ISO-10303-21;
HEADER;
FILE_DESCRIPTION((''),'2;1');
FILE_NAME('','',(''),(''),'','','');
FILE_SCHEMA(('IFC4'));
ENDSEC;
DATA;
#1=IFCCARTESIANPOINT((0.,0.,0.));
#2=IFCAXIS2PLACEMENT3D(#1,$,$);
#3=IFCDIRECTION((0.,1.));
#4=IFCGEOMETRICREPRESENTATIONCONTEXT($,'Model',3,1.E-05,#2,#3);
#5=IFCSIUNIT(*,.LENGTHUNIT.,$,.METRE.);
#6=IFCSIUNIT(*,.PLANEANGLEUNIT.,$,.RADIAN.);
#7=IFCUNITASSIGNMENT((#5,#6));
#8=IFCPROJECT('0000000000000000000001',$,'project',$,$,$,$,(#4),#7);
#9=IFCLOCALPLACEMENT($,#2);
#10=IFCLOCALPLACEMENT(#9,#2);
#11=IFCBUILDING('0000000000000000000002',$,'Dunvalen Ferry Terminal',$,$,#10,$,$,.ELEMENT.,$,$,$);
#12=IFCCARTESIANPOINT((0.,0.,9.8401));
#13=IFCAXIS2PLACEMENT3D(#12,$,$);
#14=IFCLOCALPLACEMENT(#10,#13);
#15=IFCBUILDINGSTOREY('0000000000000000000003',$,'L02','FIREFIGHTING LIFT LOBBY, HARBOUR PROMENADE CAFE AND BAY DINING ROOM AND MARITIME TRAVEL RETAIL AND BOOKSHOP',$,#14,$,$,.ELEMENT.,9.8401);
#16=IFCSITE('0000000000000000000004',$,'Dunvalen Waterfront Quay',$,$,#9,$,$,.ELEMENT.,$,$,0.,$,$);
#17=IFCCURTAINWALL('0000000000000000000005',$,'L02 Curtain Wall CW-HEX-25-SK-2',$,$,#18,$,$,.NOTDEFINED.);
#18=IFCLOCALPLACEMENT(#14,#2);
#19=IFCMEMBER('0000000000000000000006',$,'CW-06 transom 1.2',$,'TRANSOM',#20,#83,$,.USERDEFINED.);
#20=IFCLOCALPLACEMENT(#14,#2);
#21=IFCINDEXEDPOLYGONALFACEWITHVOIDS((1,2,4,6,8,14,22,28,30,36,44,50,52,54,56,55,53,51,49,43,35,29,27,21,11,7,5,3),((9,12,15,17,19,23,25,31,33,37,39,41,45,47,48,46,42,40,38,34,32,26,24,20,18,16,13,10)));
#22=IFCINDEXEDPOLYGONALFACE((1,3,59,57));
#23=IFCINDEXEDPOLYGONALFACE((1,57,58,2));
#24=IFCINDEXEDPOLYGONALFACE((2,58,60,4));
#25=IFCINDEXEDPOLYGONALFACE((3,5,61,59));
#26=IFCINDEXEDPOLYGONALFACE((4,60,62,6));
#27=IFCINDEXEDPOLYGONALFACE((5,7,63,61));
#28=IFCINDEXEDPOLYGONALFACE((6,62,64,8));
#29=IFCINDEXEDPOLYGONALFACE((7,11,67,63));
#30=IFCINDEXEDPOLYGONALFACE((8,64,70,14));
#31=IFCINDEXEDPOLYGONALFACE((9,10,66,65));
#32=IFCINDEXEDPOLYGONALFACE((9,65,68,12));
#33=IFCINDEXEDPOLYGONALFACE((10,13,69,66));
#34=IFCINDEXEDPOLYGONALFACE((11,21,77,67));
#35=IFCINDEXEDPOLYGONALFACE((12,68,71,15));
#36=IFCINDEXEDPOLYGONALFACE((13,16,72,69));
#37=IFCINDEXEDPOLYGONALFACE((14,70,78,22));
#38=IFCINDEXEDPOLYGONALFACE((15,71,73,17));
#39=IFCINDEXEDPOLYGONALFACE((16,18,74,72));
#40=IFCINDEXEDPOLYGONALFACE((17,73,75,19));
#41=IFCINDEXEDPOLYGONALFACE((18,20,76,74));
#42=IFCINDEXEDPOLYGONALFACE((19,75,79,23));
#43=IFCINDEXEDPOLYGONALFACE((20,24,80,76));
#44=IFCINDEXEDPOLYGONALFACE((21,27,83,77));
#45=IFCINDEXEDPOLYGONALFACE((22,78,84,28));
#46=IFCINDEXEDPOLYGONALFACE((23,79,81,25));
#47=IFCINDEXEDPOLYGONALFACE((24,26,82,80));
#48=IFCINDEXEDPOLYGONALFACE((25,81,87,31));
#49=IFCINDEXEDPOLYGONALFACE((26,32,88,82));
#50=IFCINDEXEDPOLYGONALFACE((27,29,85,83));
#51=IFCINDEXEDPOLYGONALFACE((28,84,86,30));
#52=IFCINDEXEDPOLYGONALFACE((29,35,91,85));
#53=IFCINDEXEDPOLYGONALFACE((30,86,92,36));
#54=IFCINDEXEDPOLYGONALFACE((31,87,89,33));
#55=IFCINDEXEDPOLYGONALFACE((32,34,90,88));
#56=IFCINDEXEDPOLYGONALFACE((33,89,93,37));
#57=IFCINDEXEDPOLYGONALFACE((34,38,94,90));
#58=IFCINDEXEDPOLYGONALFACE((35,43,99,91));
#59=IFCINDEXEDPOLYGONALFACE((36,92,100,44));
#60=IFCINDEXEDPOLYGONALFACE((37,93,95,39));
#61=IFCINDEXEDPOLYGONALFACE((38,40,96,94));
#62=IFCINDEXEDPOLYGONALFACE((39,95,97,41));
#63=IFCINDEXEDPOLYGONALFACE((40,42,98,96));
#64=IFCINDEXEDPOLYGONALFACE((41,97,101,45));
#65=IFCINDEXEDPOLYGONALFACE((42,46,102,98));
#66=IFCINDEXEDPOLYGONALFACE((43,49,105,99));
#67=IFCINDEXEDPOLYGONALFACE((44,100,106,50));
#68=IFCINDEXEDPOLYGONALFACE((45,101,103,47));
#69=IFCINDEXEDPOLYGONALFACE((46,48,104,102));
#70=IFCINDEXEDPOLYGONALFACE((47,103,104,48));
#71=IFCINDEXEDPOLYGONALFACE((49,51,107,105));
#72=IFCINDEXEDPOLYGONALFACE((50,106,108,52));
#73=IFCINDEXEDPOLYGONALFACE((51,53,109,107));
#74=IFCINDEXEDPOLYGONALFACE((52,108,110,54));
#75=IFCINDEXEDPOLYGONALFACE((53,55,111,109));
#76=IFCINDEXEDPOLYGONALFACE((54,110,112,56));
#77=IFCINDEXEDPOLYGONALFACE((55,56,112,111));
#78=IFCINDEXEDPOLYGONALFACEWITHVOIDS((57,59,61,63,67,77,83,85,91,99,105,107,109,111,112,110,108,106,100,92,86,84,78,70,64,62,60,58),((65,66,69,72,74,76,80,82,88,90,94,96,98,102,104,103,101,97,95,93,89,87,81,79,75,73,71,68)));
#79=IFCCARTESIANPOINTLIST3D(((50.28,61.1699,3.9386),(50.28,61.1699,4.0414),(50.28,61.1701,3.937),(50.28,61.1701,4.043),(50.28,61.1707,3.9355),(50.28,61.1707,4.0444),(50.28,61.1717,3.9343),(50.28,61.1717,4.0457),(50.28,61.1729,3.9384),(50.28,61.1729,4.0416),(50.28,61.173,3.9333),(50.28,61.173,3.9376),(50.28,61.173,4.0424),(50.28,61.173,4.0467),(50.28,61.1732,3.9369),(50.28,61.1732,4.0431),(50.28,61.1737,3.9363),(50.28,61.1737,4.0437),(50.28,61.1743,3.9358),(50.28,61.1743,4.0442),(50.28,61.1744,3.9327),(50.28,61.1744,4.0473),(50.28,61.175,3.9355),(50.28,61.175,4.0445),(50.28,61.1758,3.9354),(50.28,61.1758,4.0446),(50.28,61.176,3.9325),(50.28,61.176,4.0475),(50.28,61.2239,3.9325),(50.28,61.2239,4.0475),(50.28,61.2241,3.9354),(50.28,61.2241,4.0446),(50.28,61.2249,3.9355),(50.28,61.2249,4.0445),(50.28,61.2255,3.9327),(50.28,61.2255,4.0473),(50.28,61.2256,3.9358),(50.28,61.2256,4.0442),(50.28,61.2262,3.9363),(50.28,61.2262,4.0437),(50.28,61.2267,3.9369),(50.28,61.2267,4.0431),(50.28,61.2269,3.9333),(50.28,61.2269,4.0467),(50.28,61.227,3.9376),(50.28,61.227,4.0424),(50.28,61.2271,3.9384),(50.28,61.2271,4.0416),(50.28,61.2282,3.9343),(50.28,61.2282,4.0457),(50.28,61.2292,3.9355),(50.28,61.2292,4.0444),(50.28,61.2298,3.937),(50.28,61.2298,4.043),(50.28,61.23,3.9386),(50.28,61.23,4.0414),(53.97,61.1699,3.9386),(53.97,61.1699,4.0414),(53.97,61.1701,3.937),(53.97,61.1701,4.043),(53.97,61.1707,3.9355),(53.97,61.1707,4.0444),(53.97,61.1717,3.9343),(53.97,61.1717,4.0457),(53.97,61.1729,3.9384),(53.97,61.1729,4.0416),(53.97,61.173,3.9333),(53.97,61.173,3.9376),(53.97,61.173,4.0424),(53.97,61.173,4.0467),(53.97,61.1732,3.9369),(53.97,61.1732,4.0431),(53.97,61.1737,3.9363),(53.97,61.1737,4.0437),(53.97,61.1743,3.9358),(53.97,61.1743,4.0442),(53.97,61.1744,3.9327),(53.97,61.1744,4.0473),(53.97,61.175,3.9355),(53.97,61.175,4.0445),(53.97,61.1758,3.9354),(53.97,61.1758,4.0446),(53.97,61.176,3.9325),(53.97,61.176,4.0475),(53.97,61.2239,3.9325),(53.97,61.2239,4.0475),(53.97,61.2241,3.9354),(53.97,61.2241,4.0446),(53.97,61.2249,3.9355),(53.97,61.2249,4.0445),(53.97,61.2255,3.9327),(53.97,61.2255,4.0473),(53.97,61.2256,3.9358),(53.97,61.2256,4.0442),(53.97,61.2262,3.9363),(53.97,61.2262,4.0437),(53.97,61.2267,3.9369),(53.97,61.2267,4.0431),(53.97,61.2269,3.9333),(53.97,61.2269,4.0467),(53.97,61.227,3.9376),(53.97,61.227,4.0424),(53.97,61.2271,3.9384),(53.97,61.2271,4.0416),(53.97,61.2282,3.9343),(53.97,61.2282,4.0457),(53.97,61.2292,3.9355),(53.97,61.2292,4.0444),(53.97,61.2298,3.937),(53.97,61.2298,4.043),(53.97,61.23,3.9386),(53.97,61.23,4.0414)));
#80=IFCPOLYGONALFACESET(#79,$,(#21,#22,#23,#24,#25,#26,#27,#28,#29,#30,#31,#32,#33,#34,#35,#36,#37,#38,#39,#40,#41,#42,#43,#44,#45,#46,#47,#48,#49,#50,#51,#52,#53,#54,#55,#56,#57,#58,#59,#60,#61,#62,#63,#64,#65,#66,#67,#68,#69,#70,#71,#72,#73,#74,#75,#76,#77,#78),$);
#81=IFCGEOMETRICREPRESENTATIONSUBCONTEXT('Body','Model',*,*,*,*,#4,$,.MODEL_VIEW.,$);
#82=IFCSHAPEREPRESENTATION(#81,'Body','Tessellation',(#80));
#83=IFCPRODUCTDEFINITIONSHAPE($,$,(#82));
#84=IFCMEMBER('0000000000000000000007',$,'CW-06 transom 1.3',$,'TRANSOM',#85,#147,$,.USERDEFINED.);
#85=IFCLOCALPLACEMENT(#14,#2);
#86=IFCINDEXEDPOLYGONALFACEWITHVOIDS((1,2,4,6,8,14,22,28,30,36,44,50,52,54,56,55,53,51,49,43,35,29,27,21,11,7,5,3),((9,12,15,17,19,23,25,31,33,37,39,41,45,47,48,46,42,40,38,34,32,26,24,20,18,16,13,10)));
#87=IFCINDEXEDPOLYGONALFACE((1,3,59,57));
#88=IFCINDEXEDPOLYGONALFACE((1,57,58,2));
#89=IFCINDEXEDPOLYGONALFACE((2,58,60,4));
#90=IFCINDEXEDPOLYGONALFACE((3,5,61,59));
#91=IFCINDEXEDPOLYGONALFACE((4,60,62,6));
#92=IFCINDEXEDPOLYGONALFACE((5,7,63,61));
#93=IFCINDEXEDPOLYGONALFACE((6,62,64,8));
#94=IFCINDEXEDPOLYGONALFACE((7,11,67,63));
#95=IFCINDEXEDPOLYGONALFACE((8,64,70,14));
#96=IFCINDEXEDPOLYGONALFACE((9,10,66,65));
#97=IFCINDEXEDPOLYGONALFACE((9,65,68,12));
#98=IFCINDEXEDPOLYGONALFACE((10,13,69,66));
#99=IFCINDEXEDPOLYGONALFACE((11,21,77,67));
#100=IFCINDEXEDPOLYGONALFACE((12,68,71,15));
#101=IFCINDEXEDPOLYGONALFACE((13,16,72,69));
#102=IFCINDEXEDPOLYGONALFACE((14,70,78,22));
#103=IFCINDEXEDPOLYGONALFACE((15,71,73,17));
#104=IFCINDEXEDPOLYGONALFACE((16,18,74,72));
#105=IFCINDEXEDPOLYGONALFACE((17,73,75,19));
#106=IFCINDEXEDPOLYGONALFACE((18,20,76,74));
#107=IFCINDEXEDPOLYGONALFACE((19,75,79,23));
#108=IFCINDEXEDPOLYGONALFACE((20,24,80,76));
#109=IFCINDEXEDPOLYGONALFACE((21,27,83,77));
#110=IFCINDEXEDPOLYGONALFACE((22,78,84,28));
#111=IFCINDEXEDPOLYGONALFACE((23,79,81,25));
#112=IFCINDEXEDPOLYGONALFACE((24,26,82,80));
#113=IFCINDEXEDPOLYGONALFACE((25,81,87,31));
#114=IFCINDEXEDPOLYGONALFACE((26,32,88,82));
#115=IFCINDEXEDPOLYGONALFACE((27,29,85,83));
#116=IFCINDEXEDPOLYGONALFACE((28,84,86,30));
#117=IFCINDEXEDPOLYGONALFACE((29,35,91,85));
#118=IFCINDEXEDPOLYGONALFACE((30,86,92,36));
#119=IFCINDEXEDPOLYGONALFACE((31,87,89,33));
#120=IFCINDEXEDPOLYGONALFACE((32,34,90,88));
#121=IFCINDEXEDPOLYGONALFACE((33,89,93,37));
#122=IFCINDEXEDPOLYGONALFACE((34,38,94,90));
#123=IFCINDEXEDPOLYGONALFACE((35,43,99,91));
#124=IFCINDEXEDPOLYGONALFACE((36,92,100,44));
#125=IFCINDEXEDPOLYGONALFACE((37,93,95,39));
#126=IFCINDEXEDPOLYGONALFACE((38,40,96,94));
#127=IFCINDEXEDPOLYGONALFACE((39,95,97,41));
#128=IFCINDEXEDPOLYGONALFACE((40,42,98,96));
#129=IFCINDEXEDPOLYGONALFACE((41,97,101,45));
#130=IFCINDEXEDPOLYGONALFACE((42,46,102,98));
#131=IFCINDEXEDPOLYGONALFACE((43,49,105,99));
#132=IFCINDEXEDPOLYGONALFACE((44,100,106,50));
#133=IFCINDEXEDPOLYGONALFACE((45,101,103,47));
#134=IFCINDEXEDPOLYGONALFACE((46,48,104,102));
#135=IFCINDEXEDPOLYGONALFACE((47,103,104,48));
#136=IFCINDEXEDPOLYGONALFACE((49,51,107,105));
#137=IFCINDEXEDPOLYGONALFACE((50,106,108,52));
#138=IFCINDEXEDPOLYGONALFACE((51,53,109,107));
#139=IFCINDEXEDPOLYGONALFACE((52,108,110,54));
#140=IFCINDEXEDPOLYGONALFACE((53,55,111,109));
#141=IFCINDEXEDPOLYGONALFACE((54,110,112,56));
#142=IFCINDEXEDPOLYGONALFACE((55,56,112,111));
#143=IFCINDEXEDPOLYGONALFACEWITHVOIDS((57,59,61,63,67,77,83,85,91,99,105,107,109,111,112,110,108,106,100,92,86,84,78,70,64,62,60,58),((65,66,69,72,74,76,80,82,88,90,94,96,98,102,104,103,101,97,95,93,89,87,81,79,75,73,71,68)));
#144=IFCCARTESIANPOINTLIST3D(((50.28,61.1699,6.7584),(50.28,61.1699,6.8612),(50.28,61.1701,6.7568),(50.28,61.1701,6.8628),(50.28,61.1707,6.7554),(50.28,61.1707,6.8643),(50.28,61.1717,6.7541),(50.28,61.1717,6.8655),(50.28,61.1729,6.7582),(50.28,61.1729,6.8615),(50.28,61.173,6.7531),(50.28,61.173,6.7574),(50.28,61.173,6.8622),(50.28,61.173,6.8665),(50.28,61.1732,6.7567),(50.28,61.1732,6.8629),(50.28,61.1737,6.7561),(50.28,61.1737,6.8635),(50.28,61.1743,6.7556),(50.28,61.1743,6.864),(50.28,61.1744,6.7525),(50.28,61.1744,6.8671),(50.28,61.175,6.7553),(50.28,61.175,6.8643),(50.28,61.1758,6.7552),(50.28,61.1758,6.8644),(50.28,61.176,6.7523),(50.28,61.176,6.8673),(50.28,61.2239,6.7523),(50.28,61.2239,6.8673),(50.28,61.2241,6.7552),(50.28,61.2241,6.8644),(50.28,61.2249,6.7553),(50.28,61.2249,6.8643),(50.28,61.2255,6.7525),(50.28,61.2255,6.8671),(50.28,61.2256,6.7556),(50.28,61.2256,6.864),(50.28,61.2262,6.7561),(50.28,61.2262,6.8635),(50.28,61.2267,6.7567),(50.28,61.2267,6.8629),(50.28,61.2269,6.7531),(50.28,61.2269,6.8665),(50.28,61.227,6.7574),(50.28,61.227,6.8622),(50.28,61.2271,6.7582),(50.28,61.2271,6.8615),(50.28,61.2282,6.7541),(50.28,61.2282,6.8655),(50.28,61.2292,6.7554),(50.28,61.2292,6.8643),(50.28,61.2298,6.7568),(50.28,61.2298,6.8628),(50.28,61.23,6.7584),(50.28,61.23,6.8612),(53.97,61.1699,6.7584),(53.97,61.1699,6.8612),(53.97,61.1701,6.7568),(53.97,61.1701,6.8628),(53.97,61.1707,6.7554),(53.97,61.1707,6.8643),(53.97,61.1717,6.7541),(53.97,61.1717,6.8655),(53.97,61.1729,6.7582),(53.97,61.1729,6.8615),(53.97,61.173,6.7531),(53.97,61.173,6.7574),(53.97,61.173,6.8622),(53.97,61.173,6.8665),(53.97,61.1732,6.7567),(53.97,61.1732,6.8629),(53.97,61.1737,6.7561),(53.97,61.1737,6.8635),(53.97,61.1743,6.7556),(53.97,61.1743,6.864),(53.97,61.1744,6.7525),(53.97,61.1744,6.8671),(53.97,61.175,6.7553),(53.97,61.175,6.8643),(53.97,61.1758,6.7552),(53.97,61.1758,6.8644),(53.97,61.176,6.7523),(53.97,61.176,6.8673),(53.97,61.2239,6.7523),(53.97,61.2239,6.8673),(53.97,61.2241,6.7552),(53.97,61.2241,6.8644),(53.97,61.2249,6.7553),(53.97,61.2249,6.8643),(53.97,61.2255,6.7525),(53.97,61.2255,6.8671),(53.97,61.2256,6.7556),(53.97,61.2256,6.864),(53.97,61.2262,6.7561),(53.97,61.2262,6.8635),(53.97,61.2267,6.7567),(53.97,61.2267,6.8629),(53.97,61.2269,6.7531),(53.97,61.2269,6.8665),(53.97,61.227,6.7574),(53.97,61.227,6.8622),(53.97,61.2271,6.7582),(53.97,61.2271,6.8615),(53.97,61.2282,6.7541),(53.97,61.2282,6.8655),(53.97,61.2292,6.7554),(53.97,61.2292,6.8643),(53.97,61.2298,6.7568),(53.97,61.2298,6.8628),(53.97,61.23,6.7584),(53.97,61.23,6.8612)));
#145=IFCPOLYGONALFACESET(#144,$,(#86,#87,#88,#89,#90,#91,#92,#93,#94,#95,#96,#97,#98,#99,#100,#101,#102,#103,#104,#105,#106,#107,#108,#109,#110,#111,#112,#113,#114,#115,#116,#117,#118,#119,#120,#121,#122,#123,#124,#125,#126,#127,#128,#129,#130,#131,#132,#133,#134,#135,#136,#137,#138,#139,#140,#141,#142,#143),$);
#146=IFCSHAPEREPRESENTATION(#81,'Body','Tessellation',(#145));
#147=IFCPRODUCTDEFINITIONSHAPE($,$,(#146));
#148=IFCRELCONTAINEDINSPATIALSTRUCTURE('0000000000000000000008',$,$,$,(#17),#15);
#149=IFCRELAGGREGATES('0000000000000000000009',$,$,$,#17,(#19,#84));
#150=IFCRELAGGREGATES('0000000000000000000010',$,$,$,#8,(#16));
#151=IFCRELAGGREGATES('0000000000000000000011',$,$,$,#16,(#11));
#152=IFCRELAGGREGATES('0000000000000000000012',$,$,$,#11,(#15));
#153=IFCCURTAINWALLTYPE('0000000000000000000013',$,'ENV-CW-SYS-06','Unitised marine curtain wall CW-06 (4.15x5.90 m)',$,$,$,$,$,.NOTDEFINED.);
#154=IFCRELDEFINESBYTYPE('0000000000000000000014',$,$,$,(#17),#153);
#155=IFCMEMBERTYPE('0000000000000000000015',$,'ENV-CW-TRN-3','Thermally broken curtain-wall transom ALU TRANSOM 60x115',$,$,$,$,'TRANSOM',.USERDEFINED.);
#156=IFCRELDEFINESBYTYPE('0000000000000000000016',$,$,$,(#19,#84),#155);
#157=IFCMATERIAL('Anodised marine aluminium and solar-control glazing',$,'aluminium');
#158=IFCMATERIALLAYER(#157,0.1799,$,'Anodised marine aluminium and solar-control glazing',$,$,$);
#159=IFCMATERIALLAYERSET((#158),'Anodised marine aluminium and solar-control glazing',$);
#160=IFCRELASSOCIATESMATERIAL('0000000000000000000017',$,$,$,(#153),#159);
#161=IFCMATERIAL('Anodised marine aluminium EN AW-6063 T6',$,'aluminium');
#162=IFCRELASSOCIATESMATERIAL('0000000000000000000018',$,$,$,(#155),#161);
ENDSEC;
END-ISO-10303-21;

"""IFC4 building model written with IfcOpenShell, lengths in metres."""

from ifc_helpers import new_model, si_unit, direction, frame, origin, origin_2d, place, context, subcontext, project, spatial, hollow_rectangle, extrude, material, layer, layer_set, material_profile, profile_set, type_object, element, aggregate, save


model = new_model("IFC4")

# Units and contexts
model_context = context("Model", 3, precision=1e-05, world=origin(), true_north=direction((0.0, 1.0)))
body_context = subcontext(model_context, "Body", "Model", "MODEL_VIEW")
ifc_project = project(units=[si_unit("LENGTHUNIT", "METRE"), si_unit("PLANEANGLEUNIT", "RADIAN")], contexts=[model_context])

# Site, building, storey
site_placement = place(None, origin())
site = spatial("IfcSite", under=ifc_project, at=site_placement, Name="Dunvalen Waterfront Quay", CompositionType="ELEMENT", RefElevation=0.0)
building_placement = place(site_placement, origin())
building = spatial("IfcBuilding", under=site, at=building_placement, Name="Dunvalen Ferry Terminal", CompositionType="ELEMENT")
storey_placement = place(building_placement, frame((0.0, 0.0, 9.8401)))
storey = spatial("IfcBuildingStorey", under=building, at=storey_placement, Name="L02", Description="FIREFIGHTING LIFT LOBBY, HARBOUR PROMENADE CAFE AND BAY DINING ROOM AND MARITIME TRAVEL RETAIL AND BOOKSHOP", CompositionType="ELEMENT", Elevation=9.8401)

# Shared definitions
ifc_material_1 = material(Name="Anodised marine aluminium and solar-control glazing", Category="aluminium")
ifc_material_2 = material(Name="Anodised marine aluminium EN AW-6063 T6", Category="aluminium")

# Curtain wall, members
ifc_layer_1 = layer(ifc_material_1, 0.1799, Name="Anodised marine aluminium and solar-control glazing")
ifc_layer_set_1 = layer_set([ifc_layer_1], Name="Anodised marine aluminium and solar-control glazing")
curtain_wall_type_1 = type_object("IfcCurtainWallType", Name="ENV-CW-SYS-06", Description="Unitised marine curtain wall CW-06 (4.15x5.90 m)", PredefinedType="NOTDEFINED", material=ifc_layer_set_1)
curtain_wall_1_placement = place(storey_placement, origin())
curtain_wall_1 = element("IfcCurtainWall", 1, at=curtain_wall_1_placement, inside=storey, type_object=curtain_wall_type_1, Name="L02 Curtain Wall CW-HEX-25-SK-2", PredefinedType="NOTDEFINED")
ifc_material_profile_1 = material_profile(ifc_material_2, hollow_rectangle(XDim=0.0601, YDim=0.115, WallThickness=0.0029, InnerFilletRadius=0.0029, OuterFilletRadius=0.0061, at=origin_2d()), Name="Anodised marine aluminium EN AW-6063 T6")
ifc_profile_set_1 = profile_set([ifc_material_profile_1], Name="Anodised marine aluminium EN AW-6063 T6")
member_type_1 = type_object("IfcMemberType", Name="ENV-CW-TRN-3", Description="Thermally broken curtain-wall transom ALU TRANSOM 60x115", ElementType="TRANSOM", PredefinedType="USERDEFINED", material=ifc_profile_set_1)
member_1_placement = place(storey_placement, frame((50.28, 61.2, 3.99), z_axis=(1.0, 0.0, 0.0), x_axis=(0.0, 1.0, 0.0)))
member_1 = element("IfcMember", 2, at=member_1_placement, type_object=member_type_1, Name="CW-06 transom 1.2", ObjectType="TRANSOM", PredefinedType="USERDEFINED", context=body_context, shape_type="SweptSolid", body=[
    extrude(hollow_rectangle(XDim=0.0601, YDim=0.115, WallThickness=0.0029, InnerFilletRadius=0.0029, OuterFilletRadius=0.0061, at=origin_2d()), origin(), (0.0, 0.0, 1.0), 3.6899),
])
member_2_placement = place(storey_placement, frame((50.28, 61.2, 6.8098), z_axis=(1.0, 0.0, 0.0), x_axis=(0.0, 1.0, 0.0)))
member_2 = element("IfcMember", 3, at=member_2_placement, type_object=member_type_1, Name="CW-06 transom 1.3", ObjectType="TRANSOM", PredefinedType="USERDEFINED", context=body_context, shape_type="SweptSolid", body=[
    extrude(hollow_rectangle(XDim=0.0601, YDim=0.115, WallThickness=0.0029, InnerFilletRadius=0.0029, OuterFilletRadius=0.0061, at=origin_2d()), origin(), (0.0, 0.0, 1.0), 3.6899),
])

aggregate(curtain_wall_1, [member_1, member_2])

save(model, "model.ifc")
